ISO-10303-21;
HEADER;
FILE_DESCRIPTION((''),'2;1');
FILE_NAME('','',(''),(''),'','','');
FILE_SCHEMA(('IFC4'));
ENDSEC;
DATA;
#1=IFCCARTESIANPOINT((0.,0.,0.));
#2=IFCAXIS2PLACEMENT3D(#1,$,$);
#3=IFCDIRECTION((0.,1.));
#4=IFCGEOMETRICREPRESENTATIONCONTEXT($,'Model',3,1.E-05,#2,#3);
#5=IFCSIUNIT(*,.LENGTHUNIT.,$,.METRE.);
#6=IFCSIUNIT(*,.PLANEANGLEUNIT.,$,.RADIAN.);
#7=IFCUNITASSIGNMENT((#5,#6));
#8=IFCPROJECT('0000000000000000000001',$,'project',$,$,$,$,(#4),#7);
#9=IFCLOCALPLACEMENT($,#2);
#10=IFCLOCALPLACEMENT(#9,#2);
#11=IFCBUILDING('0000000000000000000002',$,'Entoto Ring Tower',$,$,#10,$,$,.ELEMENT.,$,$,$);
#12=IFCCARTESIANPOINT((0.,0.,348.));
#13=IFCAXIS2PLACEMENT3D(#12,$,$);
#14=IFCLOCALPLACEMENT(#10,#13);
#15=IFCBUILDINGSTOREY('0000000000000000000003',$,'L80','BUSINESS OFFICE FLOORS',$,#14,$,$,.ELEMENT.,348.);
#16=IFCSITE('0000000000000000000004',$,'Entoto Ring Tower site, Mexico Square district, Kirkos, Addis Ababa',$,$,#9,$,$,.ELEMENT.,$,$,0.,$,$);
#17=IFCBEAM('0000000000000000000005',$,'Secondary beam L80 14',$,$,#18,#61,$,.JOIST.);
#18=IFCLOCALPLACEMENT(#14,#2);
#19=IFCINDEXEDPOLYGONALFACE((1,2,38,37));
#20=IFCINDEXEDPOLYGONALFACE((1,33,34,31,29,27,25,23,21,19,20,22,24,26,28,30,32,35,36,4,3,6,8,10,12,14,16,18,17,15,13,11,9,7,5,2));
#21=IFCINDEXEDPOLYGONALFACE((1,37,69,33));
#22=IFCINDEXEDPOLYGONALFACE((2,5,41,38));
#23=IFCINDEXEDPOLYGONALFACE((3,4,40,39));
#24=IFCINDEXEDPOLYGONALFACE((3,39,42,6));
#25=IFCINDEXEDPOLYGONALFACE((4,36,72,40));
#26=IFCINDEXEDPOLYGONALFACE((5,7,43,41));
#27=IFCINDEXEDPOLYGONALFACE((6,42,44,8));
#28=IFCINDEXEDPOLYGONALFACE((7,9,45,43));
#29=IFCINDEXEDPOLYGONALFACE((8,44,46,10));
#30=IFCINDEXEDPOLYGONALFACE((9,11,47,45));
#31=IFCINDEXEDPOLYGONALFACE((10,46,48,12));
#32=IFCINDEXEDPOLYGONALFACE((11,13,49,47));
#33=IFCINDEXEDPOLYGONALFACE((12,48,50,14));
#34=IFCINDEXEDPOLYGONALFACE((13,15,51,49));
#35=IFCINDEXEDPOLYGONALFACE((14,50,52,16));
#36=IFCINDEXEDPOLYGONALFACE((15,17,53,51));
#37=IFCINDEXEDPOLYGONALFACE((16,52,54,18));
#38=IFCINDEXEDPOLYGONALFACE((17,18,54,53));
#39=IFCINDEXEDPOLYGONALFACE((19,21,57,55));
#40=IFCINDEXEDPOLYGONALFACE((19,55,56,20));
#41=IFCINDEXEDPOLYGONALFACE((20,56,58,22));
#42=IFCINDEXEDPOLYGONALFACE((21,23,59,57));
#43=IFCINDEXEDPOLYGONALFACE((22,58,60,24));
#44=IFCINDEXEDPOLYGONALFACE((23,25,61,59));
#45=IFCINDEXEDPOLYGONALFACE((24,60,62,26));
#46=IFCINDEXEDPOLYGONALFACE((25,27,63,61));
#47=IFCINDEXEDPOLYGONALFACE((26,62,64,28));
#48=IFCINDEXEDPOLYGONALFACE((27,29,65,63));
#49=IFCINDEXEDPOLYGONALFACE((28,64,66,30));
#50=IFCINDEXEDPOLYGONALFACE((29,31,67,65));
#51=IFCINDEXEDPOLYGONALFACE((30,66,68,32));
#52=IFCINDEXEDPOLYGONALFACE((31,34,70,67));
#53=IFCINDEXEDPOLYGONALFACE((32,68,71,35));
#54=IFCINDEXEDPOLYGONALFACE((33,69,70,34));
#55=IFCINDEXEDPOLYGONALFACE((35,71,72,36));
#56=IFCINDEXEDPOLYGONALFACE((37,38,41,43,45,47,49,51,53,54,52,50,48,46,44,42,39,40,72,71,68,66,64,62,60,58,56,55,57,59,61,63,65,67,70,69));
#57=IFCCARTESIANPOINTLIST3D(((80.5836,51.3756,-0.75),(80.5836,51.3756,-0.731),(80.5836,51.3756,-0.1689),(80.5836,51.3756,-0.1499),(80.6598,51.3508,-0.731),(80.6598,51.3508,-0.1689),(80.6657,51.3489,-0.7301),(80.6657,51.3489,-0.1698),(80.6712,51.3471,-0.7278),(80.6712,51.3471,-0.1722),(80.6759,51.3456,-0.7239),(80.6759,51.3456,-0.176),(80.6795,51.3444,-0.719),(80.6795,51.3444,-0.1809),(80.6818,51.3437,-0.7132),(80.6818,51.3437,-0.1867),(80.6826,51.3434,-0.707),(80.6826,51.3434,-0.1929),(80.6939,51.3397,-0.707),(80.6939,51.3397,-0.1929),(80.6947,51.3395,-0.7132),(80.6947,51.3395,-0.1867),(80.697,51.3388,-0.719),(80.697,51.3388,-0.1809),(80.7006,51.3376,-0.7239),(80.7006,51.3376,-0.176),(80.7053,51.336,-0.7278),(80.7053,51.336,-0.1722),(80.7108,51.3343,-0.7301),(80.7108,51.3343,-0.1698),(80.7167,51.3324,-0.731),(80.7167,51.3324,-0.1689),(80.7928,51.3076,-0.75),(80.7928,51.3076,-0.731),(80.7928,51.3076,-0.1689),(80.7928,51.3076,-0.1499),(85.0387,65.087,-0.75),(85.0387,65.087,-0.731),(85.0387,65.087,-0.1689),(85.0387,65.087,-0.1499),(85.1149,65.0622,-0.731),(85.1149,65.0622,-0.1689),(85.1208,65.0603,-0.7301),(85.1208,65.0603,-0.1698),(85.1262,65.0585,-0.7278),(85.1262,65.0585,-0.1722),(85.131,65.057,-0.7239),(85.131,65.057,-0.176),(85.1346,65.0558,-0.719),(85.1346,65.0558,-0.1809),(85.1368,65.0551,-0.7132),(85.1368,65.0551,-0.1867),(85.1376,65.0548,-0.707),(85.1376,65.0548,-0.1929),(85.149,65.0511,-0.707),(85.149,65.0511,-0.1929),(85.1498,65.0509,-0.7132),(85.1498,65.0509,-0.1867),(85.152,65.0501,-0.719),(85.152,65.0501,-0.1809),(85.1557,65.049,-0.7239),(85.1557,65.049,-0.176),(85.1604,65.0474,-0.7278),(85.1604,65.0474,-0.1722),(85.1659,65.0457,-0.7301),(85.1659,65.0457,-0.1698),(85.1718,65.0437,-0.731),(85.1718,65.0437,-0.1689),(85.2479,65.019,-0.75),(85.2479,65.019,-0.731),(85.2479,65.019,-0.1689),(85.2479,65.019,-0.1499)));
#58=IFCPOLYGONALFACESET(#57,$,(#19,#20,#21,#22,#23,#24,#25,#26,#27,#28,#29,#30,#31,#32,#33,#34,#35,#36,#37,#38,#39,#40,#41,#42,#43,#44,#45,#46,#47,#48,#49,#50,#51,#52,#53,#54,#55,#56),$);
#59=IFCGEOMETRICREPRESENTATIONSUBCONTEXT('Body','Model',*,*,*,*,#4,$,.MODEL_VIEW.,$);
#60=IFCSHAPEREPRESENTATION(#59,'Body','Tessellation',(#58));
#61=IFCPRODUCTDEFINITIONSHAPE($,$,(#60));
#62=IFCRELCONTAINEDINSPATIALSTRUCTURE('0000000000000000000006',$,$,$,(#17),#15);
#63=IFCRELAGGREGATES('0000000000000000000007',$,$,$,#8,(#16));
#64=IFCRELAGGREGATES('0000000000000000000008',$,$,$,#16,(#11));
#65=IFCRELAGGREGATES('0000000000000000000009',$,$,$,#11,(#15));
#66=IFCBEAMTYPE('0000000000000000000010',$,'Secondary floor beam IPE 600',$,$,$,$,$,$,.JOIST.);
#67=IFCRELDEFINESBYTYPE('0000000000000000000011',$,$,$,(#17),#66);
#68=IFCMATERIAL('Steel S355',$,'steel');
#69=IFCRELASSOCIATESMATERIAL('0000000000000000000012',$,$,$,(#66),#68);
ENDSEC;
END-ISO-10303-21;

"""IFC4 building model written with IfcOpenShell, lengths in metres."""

from ifc_helpers import new_model, si_unit, direction, frame, origin, origin_2d, place, context, subcontext, project, spatial, i_section, extrude, material, material_profile, profile_set, type_object, element, save


model = new_model("IFC4")

# Units and contexts
model_context = context("Model", 3, precision=1e-05, world=origin(), true_north=direction((0.0, 1.0)))
body_context = subcontext(model_context, "Body", "Model", "MODEL_VIEW")
ifc_project = project(units=[si_unit("LENGTHUNIT", "METRE"), si_unit("PLANEANGLEUNIT", "RADIAN")], contexts=[model_context])

# Site, building, storey
site_placement = place(None, origin())
site = spatial("IfcSite", under=ifc_project, at=site_placement, Name="Entoto Ring Tower site, Mexico Square district, Kirkos, Addis Ababa", CompositionType="ELEMENT", RefElevation=0.0)
building_placement = place(site_placement, origin())
building = spatial("IfcBuilding", under=site, at=building_placement, Name="Entoto Ring Tower", CompositionType="ELEMENT")
storey_placement = place(building_placement, frame((0.0, 0.0, 348.0)))
storey = spatial("IfcBuildingStorey", under=building, at=storey_placement, Name="L80", Description="BUSINESS OFFICE FLOORS", CompositionType="ELEMENT", Elevation=348.0)

# Beam
ifc_material_1 = material(Name="Steel S355", Category="steel")
ifc_material_profile_1 = material_profile(ifc_material_1, i_section(OverallWidth=0.22, OverallDepth=0.6001, WebThickness=0.012, FlangeThickness=0.019, FilletRadius=0.0239, at=origin_2d()), Name="IPE 600")
ifc_profile_set_1 = profile_set([ifc_material_profile_1], Name="Steel S355")
beam_type_1 = type_object("IfcBeamType", Name="Secondary floor beam IPE 600", PredefinedType="JOIST", material=ifc_profile_set_1)
beam_1_placement = place(storey_placement, frame((85.1433, 65.053, -0.45), z_axis=(-0.309015, -0.951057, 0.0), x_axis=(0.951057, -0.309015, 0.0)))
element("IfcBeam", 1, at=beam_1_placement, inside=storey, type_object=beam_type_1, Name="Secondary beam L80 14", PredefinedType="JOIST", context=body_context, shape_type="SweptSolid", body=[
    extrude(i_section(OverallWidth=0.22, OverallDepth=0.6001, WebThickness=0.012, FlangeThickness=0.019, FilletRadius=0.0239, at=origin_2d()), origin(), (0.0, 0.0, 1.0), 14.417),
])

save(model, "model.ifc")
